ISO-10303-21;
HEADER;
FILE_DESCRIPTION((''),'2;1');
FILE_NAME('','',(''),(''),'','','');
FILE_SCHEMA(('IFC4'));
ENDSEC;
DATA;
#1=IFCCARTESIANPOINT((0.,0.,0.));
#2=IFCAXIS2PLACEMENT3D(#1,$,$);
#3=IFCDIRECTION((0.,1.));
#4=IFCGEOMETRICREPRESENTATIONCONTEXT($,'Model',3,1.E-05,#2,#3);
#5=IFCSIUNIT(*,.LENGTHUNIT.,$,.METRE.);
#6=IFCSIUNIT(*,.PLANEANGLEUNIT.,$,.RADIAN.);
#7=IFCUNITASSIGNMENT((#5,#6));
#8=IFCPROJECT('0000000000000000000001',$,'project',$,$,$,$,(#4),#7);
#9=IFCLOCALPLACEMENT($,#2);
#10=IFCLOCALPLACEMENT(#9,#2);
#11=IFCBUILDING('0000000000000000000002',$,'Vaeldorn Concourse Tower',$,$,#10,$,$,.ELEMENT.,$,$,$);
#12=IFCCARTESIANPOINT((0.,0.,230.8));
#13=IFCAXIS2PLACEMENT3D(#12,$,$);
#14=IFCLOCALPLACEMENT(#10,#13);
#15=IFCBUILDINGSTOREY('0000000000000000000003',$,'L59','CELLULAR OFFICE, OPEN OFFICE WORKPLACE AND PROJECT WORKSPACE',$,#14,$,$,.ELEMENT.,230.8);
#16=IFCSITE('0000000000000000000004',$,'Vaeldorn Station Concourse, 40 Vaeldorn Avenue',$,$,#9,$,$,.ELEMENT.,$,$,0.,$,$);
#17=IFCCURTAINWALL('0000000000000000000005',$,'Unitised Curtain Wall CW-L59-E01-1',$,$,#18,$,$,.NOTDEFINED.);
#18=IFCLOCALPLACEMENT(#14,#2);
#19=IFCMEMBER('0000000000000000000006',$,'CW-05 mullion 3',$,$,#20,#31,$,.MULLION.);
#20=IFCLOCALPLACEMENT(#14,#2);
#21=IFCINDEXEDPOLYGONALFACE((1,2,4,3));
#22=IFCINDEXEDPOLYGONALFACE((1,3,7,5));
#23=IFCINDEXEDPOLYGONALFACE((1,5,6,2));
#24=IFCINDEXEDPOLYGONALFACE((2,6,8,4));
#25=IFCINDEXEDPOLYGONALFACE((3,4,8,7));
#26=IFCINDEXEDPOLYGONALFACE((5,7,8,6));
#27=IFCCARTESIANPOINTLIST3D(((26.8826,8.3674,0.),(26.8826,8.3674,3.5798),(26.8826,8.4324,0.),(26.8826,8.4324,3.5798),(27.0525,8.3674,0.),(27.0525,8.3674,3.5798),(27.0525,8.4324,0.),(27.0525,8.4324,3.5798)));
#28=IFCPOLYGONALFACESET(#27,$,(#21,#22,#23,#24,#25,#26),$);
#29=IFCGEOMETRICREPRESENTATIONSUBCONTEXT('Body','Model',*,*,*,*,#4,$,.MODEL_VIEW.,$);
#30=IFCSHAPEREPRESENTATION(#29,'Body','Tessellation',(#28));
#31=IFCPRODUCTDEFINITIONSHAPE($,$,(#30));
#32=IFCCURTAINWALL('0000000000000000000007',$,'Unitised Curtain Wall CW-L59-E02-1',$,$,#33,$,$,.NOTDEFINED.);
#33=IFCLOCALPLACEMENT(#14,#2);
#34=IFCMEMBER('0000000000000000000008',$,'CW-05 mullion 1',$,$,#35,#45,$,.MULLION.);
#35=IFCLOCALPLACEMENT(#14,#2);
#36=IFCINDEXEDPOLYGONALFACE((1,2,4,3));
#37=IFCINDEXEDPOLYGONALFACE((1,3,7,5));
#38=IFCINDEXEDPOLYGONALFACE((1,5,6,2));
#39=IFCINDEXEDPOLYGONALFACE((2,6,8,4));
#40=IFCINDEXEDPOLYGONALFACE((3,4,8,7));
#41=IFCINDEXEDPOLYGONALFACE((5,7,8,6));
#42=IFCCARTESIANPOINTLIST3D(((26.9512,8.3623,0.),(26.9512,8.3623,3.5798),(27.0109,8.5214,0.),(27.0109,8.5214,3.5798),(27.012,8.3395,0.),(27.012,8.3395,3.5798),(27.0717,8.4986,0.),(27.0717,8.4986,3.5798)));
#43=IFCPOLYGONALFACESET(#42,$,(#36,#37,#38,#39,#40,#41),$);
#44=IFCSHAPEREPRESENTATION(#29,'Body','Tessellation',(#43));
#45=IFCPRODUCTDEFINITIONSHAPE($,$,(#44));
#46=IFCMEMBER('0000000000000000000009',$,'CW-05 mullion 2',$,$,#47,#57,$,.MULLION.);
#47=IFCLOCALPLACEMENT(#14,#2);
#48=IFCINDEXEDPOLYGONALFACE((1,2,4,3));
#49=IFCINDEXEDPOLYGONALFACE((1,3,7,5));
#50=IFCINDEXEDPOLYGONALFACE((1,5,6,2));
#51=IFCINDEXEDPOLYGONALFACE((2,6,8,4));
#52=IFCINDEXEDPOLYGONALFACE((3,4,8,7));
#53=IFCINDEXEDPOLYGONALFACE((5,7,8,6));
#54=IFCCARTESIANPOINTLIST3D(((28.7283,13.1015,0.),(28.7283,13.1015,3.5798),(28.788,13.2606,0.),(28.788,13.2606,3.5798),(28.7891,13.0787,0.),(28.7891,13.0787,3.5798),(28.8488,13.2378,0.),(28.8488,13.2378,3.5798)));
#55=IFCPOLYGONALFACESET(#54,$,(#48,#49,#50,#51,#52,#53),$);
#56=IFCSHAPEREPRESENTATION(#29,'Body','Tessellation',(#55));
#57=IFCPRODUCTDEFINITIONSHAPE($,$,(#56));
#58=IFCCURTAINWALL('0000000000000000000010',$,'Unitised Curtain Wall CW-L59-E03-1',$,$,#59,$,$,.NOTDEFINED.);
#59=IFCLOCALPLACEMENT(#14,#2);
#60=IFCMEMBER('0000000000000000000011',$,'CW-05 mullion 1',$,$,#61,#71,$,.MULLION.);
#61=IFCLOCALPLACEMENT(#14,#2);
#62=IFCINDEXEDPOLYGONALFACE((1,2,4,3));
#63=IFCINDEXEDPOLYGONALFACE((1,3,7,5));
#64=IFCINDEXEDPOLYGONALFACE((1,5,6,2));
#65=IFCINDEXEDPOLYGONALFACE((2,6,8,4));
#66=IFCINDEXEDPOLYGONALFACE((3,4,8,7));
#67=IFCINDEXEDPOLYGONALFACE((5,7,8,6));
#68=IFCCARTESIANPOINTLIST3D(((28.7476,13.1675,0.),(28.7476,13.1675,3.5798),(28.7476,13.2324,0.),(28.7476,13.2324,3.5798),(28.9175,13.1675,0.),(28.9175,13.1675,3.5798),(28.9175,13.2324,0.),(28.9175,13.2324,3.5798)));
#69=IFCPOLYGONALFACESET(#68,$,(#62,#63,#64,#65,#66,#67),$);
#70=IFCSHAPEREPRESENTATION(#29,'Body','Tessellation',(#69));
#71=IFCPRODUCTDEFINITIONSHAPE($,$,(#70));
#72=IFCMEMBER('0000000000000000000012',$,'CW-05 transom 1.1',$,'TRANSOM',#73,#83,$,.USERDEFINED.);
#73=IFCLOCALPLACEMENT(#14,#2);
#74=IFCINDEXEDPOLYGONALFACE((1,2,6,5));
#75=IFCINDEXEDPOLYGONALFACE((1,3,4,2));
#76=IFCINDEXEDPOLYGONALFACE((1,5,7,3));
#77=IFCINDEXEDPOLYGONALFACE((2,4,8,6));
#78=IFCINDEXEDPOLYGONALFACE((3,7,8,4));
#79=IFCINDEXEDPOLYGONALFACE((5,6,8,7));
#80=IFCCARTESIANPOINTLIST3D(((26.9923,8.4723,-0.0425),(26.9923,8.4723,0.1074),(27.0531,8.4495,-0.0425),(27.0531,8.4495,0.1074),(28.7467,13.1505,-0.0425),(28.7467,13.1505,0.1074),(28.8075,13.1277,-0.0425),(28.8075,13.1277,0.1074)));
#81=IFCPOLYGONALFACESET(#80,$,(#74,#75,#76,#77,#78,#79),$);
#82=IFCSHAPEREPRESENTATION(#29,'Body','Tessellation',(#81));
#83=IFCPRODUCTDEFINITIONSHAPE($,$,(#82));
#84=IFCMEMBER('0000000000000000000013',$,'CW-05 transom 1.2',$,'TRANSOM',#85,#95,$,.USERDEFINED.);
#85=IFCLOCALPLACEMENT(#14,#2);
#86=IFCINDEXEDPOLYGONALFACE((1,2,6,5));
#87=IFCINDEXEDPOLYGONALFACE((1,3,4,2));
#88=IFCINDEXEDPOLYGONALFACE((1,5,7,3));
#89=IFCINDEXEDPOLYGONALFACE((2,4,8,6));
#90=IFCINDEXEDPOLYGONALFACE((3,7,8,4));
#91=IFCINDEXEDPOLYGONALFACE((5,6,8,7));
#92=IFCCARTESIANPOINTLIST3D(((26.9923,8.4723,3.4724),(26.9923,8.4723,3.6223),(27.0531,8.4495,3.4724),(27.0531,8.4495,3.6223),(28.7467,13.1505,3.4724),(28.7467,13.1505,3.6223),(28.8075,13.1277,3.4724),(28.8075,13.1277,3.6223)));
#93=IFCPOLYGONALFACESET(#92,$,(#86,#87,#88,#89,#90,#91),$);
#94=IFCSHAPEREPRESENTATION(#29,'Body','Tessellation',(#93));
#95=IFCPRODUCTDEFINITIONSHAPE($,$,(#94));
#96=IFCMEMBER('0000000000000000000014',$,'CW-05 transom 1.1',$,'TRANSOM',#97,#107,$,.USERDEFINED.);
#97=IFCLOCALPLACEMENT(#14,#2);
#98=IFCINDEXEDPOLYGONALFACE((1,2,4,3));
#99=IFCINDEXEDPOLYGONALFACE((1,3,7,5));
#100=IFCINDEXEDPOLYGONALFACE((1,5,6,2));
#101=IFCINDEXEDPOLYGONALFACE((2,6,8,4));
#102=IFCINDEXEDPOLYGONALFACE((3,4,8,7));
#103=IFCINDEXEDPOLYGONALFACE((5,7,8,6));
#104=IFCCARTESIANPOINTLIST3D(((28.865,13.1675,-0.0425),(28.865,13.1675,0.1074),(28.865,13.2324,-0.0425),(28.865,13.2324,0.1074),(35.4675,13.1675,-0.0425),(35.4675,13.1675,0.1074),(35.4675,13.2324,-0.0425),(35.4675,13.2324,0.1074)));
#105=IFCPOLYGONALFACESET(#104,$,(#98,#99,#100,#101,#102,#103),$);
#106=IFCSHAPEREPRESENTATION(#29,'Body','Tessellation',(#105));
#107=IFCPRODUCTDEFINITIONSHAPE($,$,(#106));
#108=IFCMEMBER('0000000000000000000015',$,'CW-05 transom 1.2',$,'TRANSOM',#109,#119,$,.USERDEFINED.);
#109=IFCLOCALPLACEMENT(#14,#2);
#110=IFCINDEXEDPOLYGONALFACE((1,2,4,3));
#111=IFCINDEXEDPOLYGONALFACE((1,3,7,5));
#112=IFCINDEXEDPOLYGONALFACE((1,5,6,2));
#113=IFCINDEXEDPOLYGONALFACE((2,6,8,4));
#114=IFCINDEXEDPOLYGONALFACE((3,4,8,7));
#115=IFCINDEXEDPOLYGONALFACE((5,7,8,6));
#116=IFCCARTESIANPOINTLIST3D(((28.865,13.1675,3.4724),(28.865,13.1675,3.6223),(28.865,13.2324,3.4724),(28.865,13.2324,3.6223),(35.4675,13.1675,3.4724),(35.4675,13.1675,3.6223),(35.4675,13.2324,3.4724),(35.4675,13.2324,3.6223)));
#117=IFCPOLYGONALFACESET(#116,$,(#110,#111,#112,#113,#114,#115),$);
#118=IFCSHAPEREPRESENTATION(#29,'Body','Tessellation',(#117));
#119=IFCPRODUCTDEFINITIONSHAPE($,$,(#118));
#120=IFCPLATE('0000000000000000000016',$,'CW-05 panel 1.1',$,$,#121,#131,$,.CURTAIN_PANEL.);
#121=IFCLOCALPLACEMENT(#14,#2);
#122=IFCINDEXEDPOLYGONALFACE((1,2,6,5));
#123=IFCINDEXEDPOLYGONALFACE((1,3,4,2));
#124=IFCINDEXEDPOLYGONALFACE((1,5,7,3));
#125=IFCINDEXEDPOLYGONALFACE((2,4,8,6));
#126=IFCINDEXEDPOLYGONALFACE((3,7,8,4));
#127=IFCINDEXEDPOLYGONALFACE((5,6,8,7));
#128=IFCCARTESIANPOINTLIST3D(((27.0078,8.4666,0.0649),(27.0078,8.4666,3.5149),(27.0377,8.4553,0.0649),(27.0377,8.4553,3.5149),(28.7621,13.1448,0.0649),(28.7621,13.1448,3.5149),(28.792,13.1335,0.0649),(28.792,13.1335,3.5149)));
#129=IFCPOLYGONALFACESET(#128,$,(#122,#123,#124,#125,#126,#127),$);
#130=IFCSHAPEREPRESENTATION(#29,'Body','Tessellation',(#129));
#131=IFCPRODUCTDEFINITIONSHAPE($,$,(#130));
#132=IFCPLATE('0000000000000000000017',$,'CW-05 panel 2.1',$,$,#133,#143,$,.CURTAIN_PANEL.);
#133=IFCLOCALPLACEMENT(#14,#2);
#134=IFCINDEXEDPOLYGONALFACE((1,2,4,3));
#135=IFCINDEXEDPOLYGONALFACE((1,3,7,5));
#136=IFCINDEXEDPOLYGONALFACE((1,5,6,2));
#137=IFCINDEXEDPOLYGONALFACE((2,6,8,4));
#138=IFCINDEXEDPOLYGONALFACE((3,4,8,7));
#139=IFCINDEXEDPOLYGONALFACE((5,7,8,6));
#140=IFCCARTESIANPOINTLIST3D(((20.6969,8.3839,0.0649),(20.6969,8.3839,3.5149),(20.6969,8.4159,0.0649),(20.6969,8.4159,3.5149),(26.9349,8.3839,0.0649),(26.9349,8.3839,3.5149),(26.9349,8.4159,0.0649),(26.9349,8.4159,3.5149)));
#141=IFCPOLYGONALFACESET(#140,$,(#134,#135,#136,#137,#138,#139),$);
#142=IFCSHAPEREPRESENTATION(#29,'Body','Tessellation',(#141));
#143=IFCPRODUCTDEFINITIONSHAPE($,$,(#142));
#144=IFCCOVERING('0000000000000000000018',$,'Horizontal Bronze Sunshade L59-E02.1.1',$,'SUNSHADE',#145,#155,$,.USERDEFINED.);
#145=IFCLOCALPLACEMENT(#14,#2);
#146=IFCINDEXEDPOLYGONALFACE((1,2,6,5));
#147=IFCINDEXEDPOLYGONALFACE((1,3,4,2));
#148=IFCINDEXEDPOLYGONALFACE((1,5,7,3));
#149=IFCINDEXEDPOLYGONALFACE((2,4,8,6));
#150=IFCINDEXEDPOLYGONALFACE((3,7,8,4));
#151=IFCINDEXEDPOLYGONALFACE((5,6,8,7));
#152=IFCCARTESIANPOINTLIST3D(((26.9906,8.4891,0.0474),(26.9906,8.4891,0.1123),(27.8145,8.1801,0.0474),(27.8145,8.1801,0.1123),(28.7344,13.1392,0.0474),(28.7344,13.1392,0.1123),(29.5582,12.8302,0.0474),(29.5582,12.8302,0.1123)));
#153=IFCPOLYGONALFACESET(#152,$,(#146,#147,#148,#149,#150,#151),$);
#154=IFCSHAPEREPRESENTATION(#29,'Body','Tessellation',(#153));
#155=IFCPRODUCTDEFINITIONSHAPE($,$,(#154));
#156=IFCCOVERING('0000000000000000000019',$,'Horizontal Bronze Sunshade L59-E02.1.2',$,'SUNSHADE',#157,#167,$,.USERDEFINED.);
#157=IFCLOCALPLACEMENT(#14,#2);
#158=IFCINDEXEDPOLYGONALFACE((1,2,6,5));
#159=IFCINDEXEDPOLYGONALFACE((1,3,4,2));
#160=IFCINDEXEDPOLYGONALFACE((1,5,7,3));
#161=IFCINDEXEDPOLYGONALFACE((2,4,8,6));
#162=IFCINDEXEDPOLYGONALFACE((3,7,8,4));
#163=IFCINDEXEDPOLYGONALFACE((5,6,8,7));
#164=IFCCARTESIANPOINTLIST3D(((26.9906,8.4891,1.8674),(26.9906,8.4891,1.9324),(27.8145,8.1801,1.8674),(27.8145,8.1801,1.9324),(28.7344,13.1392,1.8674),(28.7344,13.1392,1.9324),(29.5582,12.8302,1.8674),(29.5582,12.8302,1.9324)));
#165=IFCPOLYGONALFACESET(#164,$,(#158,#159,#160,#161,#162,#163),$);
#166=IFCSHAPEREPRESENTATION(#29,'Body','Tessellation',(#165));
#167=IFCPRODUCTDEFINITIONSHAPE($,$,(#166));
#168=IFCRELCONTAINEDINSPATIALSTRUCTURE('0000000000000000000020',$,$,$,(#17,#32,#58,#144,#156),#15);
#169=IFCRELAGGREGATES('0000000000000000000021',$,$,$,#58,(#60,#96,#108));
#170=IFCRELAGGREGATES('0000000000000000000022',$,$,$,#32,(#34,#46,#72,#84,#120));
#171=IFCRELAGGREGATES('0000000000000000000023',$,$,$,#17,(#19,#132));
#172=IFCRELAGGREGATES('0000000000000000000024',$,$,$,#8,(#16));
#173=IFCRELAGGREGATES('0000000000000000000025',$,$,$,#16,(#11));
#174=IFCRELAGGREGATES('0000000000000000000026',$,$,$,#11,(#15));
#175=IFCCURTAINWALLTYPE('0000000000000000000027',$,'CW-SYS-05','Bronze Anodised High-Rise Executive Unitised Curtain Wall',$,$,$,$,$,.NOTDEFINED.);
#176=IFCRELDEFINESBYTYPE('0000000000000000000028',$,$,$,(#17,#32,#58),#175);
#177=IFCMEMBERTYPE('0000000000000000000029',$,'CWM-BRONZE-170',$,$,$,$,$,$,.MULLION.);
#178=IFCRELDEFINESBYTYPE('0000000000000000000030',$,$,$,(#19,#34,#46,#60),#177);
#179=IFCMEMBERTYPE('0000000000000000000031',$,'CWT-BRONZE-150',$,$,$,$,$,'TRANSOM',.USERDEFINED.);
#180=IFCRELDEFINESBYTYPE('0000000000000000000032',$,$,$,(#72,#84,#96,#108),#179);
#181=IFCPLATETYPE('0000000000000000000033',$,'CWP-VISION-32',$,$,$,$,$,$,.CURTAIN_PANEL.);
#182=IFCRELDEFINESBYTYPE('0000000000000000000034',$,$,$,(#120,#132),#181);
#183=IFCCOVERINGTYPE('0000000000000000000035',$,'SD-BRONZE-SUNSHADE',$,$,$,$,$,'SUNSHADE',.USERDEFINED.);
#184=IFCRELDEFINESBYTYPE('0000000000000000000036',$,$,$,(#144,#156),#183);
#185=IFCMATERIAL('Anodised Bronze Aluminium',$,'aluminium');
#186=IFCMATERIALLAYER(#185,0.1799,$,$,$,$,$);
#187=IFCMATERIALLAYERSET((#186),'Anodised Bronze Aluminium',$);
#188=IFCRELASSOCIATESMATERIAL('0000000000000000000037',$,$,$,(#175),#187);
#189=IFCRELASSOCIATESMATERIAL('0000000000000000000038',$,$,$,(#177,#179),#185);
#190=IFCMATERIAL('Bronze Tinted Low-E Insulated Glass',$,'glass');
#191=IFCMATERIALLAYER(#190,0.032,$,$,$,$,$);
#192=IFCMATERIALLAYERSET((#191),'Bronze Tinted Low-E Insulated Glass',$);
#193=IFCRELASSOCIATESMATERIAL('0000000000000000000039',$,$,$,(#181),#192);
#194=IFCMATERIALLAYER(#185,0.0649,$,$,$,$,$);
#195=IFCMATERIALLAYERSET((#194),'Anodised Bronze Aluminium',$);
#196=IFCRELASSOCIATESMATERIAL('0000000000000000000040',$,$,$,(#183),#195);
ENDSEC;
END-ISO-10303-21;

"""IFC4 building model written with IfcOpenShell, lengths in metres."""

from ifc_helpers import new_model, si_unit, direction, frame, origin, origin_2d, place, context, subcontext, project, spatial, rectangle, extrude, source, transform, mapped, material, layer, layer_set, material_profile, profile_set, type_object, element, aggregate, save


model = new_model("IFC4")

# Units and contexts
model_context = context("Model", 3, precision=1e-05, world=origin(), true_north=direction((0.0, 1.0)))
body_context = subcontext(model_context, "Body", "Model", "MODEL_VIEW")
ifc_project = project(units=[si_unit("LENGTHUNIT", "METRE"), si_unit("PLANEANGLEUNIT", "RADIAN")], contexts=[model_context])

# Site, building, storey
site_placement = place(None, origin())
site = spatial("IfcSite", under=ifc_project, at=site_placement, Name="Vaeldorn Station Concourse, 40 Vaeldorn Avenue", CompositionType="ELEMENT", RefElevation=0.0)
building_placement = place(site_placement, origin())
building = spatial("IfcBuilding", under=site, at=building_placement, Name="Vaeldorn Concourse Tower", CompositionType="ELEMENT")
storey_placement = place(building_placement, frame((0.0, 0.0, 230.8)))
storey = spatial("IfcBuildingStorey", under=building, at=storey_placement, Name="L59", Description="CELLULAR OFFICE, OPEN OFFICE WORKPLACE AND PROJECT WORKSPACE", CompositionType="ELEMENT", Elevation=230.8)

# Curtain wall, member
ifc_material_1 = material(Name="Anodised Bronze Aluminium", Category="aluminium")
ifc_layer_1 = layer(ifc_material_1, 0.1799)
ifc_layer_set_1 = layer_set([ifc_layer_1], Name="Anodised Bronze Aluminium")
curtain_wall_type = type_object("IfcCurtainWallType", Name="CW-SYS-05", Description="Bronze Anodised High-Rise Executive Unitised Curtain Wall", PredefinedType="NOTDEFINED", material=ifc_layer_set_1)
curtain_wall_1_placement = place(storey_placement, origin())
curtain_wall_1 = element("IfcCurtainWall", 1, at=curtain_wall_1_placement, inside=storey, type_object=curtain_wall_type, Name="Unitised Curtain Wall CW-L59-E01-1", PredefinedType="NOTDEFINED")
ifc_material_profile_1 = material_profile(ifc_material_1, rectangle(XDim=0.0649, YDim=0.1699, at=origin_2d()), Name="CWM 65x170")
ifc_profile_set_1 = profile_set([ifc_material_profile_1], Name="Anodised Bronze Aluminium")
member_type_1 = type_object("IfcMemberType", Name="CWM-BRONZE-170", PredefinedType="MULLION", material=ifc_profile_set_1)
shared_shape_1 = source(origin(), body_context, "Body", "SweptSolid", [
    extrude(rectangle(XDim=0.0649, YDim=0.1699, at=origin_2d()), origin(), (0.0, 0.0, 1.0), 3.5798),
])
member_1_placement = place(storey_placement, frame((26.9675, 8.3999, 0.0), z_axis=(0.0, 0.0, 1.0), x_axis=(0.0, 1.0, 0.0)))
member_1 = element("IfcMember", 2, at=member_1_placement, type_object=member_type_1, Name="CW-05 mullion 3", PredefinedType="MULLION", context=body_context, shape_type="MappedRepresentation", body=[
    mapped(shared_shape_1, transform((0.0, 0.0, 0.0), scale=1.0)),
])

# Curtain wall, members
curtain_wall_2_placement = place(storey_placement, origin())
curtain_wall_2 = element("IfcCurtainWall", 3, at=curtain_wall_2_placement, inside=storey, type_object=curtain_wall_type, Name="Unitised Curtain Wall CW-L59-E02-1", PredefinedType="NOTDEFINED")
member_2_placement = place(storey_placement, frame((27.0115, 8.4304, 0.0), z_axis=(0.0, 0.0, 1.0), x_axis=(-0.936329, 0.351123, 0.0)))
member_2 = element("IfcMember", 4, at=member_2_placement, type_object=member_type_1, Name="CW-05 mullion 1", PredefinedType="MULLION", context=body_context, shape_type="MappedRepresentation", body=[
    mapped(shared_shape_1, transform((0.0, 0.0, 0.0), scale=1.0)),
])
member_3_placement = place(storey_placement, frame((28.7886, 13.1697, 0.0), z_axis=(0.0, 0.0, 1.0), x_axis=(-0.936329, 0.351123, 0.0)))
member_3 = element("IfcMember", 5, at=member_3_placement, type_object=member_type_1, Name="CW-05 mullion 2", PredefinedType="MULLION", context=body_context, shape_type="MappedRepresentation", body=[
    mapped(shared_shape_1, transform((0.0, 0.0, 0.0), scale=1.0)),
])

# Curtain wall, member
curtain_wall_3_placement = place(storey_placement, origin())
curtain_wall_3 = element("IfcCurtainWall", 6, at=curtain_wall_3_placement, inside=storey, type_object=curtain_wall_type, Name="Unitised Curtain Wall CW-L59-E03-1", PredefinedType="NOTDEFINED")
member_4_placement = place(storey_placement, frame((28.8325, 13.2, 0.0), z_axis=(0.0, 0.0, 1.0), x_axis=(0.0, 1.0, 0.0)))
member_4 = element("IfcMember", 7, at=member_4_placement, type_object=member_type_1, Name="CW-05 mullion 1", PredefinedType="MULLION", context=body_context, shape_type="MappedRepresentation", body=[
    mapped(shared_shape_1, transform((0.0, 0.0, 0.0), scale=1.0)),
])

# Members
ifc_material_profile_2 = material_profile(ifc_material_1, rectangle(XDim=0.0649, YDim=0.1499, at=origin_2d()), Name="CWT 65x150")
ifc_profile_set_2 = profile_set([ifc_material_profile_2], Name="Anodised Bronze Aluminium")
member_type_2 = type_object("IfcMemberType", Name="CWT-BRONZE-150", ElementType="TRANSOM", PredefinedType="USERDEFINED", material=ifc_profile_set_2)
shared_shape_2 = source(origin(), body_context, "Body", "SweptSolid", [
    extrude(rectangle(XDim=0.0649, YDim=0.1499, at=origin_2d()), origin(), (0.0, 0.0, 1.0), 4.9963),
])
member_5_placement = place(storey_placement, frame((27.0227, 8.4609, 0.0325), z_axis=(0.351134, 0.936325, 0.0), x_axis=(-0.936325, 0.351134, 0.0)))
member_5 = element("IfcMember", 8, at=member_5_placement, type_object=member_type_2, Name="CW-05 transom 1.1", ObjectType="TRANSOM", PredefinedType="USERDEFINED", context=body_context, shape_type="MappedRepresentation", body=[
    mapped(shared_shape_2, transform((0.0, 0.0, 0.0), scale=1.0)),
])
member_6_placement = place(storey_placement, frame((27.0227, 8.4609, 3.5474), z_axis=(0.351134, 0.936325, 0.0), x_axis=(-0.936325, 0.351134, 0.0)))
member_6 = element("IfcMember", 9, at=member_6_placement, type_object=member_type_2, Name="CW-05 transom 1.2", ObjectType="TRANSOM", PredefinedType="USERDEFINED", context=body_context, shape_type="MappedRepresentation", body=[
    mapped(shared_shape_2, transform((0.0, 0.0, 0.0), scale=1.0)),
])
shared_shape_3 = source(origin(), body_context, "Body", "SweptSolid", [
    extrude(rectangle(XDim=0.0649, YDim=0.1499, at=origin_2d()), origin(), (0.0, 0.0, 1.0), 6.6025),
])
member_7_placement = place(storey_placement, frame((28.865, 13.2, 0.0325), z_axis=(1.0, 0.0, 0.0), x_axis=(0.0, 1.0, 0.0)))
member_7 = element("IfcMember", 10, at=member_7_placement, type_object=member_type_2, Name="CW-05 transom 1.1", ObjectType="TRANSOM", PredefinedType="USERDEFINED", context=body_context, shape_type="MappedRepresentation", body=[
    mapped(shared_shape_3, transform((0.0, 0.0, 0.0), scale=1.0)),
])
member_8_placement = place(storey_placement, frame((28.865, 13.2, 3.5474), z_axis=(1.0, 0.0, 0.0), x_axis=(0.0, 1.0, 0.0)))
member_8 = element("IfcMember", 11, at=member_8_placement, type_object=member_type_2, Name="CW-05 transom 1.2", ObjectType="TRANSOM", PredefinedType="USERDEFINED", context=body_context, shape_type="MappedRepresentation", body=[
    mapped(shared_shape_3, transform((0.0, 0.0, 0.0), scale=1.0)),
])
aggregate(curtain_wall_3, [member_4, member_7, member_8])

# Plates
ifc_material_2 = material(Name="Bronze Tinted Low-E Insulated Glass", Category="glass")
ifc_layer_2 = layer(ifc_material_2, 0.032)
ifc_layer_set_2 = layer_set([ifc_layer_2], Name="Bronze Tinted Low-E Insulated Glass")
plate_type = type_object("IfcPlateType", Name="CWP-VISION-32", PredefinedType="CURTAIN_PANEL", material=ifc_layer_set_2)
shared_shape_4 = source(origin(), body_context, "Body", "SweptSolid", [
    extrude(rectangle(XDim=4.9963, YDim=0.032, at=origin_2d()), origin(), (0.0, 0.0, 1.0), 3.45),
])
plate_1_placement = place(storey_placement, frame((27.8999, 10.8, 0.0649), z_axis=(0.0, 0.0, 1.0), x_axis=(0.351123, 0.936329, 0.0)))
plate_1 = element("IfcPlate", 12, at=plate_1_placement, type_object=plate_type, Name="CW-05 panel 1.1", PredefinedType="CURTAIN_PANEL", context=body_context, shape_type="MappedRepresentation", body=[
    mapped(shared_shape_4, transform((0.0, 0.0, 0.0), scale=1.0)),
])
aggregate(curtain_wall_2, [member_2, member_3, member_5, member_6, plate_1])
shared_shape_5 = source(origin(), body_context, "Body", "SweptSolid", [
    extrude(rectangle(XDim=6.238, YDim=0.032, at=origin_2d()), origin(), (0.0, 0.0, 1.0), 3.45),
])
plate_2_placement = place(storey_placement, frame((23.8159, 8.3999, 0.0649), z_axis=(0.0, 0.0, 1.0), x_axis=(1.0, 0.0, 0.0)))
plate_2 = element("IfcPlate", 13, at=plate_2_placement, type_object=plate_type, Name="CW-05 panel 2.1", PredefinedType="CURTAIN_PANEL", context=body_context, shape_type="MappedRepresentation", body=[
    mapped(shared_shape_5, transform((0.0, 0.0, 0.0), scale=1.0)),
])
aggregate(curtain_wall_1, [member_1, plate_2])

# Coverings
ifc_layer_3 = layer(ifc_material_1, 0.0649)
ifc_layer_set_3 = layer_set([ifc_layer_3], Name="Anodised Bronze Aluminium")
covering_type = type_object("IfcCoveringType", Name="SD-BRONZE-SUNSHADE", ElementType="SUNSHADE", PredefinedType="USERDEFINED", material=ifc_layer_set_3)
shared_shape_6 = source(origin(), body_context, "Body", "SweptSolid", [
    extrude(rectangle(XDim=4.9663, YDim=0.8799, at=origin_2d()), origin(), (0.0, 0.0, 1.0), 0.0649),
])
for number, where, z_axis, x_axis, name in (
    (14, (28.2744, 10.6597, 0.0474), (0.0, 0.0, 1.0), (0.351123, 0.936329, 0.0), "Horizontal Bronze Sunshade L59-E02.1.1"),
    (15, (28.2744, 10.6597, 1.8674), (0.0, 0.0, 1.0), (0.351123, 0.936329, 0.0), "Horizontal Bronze Sunshade L59-E02.1.2"),
):
    element("IfcCovering", number, at=place(storey_placement, frame(where, z_axis=z_axis, x_axis=x_axis)), inside=storey, type_object=covering_type, Name=name, ObjectType="SUNSHADE", PredefinedType="USERDEFINED", context=body_context, shape_type="MappedRepresentation", body=[
        mapped(shared_shape_6, transform((0.0, 0.0, 0.0), scale=1.0)),
    ])

save(model, "model.ifc")
